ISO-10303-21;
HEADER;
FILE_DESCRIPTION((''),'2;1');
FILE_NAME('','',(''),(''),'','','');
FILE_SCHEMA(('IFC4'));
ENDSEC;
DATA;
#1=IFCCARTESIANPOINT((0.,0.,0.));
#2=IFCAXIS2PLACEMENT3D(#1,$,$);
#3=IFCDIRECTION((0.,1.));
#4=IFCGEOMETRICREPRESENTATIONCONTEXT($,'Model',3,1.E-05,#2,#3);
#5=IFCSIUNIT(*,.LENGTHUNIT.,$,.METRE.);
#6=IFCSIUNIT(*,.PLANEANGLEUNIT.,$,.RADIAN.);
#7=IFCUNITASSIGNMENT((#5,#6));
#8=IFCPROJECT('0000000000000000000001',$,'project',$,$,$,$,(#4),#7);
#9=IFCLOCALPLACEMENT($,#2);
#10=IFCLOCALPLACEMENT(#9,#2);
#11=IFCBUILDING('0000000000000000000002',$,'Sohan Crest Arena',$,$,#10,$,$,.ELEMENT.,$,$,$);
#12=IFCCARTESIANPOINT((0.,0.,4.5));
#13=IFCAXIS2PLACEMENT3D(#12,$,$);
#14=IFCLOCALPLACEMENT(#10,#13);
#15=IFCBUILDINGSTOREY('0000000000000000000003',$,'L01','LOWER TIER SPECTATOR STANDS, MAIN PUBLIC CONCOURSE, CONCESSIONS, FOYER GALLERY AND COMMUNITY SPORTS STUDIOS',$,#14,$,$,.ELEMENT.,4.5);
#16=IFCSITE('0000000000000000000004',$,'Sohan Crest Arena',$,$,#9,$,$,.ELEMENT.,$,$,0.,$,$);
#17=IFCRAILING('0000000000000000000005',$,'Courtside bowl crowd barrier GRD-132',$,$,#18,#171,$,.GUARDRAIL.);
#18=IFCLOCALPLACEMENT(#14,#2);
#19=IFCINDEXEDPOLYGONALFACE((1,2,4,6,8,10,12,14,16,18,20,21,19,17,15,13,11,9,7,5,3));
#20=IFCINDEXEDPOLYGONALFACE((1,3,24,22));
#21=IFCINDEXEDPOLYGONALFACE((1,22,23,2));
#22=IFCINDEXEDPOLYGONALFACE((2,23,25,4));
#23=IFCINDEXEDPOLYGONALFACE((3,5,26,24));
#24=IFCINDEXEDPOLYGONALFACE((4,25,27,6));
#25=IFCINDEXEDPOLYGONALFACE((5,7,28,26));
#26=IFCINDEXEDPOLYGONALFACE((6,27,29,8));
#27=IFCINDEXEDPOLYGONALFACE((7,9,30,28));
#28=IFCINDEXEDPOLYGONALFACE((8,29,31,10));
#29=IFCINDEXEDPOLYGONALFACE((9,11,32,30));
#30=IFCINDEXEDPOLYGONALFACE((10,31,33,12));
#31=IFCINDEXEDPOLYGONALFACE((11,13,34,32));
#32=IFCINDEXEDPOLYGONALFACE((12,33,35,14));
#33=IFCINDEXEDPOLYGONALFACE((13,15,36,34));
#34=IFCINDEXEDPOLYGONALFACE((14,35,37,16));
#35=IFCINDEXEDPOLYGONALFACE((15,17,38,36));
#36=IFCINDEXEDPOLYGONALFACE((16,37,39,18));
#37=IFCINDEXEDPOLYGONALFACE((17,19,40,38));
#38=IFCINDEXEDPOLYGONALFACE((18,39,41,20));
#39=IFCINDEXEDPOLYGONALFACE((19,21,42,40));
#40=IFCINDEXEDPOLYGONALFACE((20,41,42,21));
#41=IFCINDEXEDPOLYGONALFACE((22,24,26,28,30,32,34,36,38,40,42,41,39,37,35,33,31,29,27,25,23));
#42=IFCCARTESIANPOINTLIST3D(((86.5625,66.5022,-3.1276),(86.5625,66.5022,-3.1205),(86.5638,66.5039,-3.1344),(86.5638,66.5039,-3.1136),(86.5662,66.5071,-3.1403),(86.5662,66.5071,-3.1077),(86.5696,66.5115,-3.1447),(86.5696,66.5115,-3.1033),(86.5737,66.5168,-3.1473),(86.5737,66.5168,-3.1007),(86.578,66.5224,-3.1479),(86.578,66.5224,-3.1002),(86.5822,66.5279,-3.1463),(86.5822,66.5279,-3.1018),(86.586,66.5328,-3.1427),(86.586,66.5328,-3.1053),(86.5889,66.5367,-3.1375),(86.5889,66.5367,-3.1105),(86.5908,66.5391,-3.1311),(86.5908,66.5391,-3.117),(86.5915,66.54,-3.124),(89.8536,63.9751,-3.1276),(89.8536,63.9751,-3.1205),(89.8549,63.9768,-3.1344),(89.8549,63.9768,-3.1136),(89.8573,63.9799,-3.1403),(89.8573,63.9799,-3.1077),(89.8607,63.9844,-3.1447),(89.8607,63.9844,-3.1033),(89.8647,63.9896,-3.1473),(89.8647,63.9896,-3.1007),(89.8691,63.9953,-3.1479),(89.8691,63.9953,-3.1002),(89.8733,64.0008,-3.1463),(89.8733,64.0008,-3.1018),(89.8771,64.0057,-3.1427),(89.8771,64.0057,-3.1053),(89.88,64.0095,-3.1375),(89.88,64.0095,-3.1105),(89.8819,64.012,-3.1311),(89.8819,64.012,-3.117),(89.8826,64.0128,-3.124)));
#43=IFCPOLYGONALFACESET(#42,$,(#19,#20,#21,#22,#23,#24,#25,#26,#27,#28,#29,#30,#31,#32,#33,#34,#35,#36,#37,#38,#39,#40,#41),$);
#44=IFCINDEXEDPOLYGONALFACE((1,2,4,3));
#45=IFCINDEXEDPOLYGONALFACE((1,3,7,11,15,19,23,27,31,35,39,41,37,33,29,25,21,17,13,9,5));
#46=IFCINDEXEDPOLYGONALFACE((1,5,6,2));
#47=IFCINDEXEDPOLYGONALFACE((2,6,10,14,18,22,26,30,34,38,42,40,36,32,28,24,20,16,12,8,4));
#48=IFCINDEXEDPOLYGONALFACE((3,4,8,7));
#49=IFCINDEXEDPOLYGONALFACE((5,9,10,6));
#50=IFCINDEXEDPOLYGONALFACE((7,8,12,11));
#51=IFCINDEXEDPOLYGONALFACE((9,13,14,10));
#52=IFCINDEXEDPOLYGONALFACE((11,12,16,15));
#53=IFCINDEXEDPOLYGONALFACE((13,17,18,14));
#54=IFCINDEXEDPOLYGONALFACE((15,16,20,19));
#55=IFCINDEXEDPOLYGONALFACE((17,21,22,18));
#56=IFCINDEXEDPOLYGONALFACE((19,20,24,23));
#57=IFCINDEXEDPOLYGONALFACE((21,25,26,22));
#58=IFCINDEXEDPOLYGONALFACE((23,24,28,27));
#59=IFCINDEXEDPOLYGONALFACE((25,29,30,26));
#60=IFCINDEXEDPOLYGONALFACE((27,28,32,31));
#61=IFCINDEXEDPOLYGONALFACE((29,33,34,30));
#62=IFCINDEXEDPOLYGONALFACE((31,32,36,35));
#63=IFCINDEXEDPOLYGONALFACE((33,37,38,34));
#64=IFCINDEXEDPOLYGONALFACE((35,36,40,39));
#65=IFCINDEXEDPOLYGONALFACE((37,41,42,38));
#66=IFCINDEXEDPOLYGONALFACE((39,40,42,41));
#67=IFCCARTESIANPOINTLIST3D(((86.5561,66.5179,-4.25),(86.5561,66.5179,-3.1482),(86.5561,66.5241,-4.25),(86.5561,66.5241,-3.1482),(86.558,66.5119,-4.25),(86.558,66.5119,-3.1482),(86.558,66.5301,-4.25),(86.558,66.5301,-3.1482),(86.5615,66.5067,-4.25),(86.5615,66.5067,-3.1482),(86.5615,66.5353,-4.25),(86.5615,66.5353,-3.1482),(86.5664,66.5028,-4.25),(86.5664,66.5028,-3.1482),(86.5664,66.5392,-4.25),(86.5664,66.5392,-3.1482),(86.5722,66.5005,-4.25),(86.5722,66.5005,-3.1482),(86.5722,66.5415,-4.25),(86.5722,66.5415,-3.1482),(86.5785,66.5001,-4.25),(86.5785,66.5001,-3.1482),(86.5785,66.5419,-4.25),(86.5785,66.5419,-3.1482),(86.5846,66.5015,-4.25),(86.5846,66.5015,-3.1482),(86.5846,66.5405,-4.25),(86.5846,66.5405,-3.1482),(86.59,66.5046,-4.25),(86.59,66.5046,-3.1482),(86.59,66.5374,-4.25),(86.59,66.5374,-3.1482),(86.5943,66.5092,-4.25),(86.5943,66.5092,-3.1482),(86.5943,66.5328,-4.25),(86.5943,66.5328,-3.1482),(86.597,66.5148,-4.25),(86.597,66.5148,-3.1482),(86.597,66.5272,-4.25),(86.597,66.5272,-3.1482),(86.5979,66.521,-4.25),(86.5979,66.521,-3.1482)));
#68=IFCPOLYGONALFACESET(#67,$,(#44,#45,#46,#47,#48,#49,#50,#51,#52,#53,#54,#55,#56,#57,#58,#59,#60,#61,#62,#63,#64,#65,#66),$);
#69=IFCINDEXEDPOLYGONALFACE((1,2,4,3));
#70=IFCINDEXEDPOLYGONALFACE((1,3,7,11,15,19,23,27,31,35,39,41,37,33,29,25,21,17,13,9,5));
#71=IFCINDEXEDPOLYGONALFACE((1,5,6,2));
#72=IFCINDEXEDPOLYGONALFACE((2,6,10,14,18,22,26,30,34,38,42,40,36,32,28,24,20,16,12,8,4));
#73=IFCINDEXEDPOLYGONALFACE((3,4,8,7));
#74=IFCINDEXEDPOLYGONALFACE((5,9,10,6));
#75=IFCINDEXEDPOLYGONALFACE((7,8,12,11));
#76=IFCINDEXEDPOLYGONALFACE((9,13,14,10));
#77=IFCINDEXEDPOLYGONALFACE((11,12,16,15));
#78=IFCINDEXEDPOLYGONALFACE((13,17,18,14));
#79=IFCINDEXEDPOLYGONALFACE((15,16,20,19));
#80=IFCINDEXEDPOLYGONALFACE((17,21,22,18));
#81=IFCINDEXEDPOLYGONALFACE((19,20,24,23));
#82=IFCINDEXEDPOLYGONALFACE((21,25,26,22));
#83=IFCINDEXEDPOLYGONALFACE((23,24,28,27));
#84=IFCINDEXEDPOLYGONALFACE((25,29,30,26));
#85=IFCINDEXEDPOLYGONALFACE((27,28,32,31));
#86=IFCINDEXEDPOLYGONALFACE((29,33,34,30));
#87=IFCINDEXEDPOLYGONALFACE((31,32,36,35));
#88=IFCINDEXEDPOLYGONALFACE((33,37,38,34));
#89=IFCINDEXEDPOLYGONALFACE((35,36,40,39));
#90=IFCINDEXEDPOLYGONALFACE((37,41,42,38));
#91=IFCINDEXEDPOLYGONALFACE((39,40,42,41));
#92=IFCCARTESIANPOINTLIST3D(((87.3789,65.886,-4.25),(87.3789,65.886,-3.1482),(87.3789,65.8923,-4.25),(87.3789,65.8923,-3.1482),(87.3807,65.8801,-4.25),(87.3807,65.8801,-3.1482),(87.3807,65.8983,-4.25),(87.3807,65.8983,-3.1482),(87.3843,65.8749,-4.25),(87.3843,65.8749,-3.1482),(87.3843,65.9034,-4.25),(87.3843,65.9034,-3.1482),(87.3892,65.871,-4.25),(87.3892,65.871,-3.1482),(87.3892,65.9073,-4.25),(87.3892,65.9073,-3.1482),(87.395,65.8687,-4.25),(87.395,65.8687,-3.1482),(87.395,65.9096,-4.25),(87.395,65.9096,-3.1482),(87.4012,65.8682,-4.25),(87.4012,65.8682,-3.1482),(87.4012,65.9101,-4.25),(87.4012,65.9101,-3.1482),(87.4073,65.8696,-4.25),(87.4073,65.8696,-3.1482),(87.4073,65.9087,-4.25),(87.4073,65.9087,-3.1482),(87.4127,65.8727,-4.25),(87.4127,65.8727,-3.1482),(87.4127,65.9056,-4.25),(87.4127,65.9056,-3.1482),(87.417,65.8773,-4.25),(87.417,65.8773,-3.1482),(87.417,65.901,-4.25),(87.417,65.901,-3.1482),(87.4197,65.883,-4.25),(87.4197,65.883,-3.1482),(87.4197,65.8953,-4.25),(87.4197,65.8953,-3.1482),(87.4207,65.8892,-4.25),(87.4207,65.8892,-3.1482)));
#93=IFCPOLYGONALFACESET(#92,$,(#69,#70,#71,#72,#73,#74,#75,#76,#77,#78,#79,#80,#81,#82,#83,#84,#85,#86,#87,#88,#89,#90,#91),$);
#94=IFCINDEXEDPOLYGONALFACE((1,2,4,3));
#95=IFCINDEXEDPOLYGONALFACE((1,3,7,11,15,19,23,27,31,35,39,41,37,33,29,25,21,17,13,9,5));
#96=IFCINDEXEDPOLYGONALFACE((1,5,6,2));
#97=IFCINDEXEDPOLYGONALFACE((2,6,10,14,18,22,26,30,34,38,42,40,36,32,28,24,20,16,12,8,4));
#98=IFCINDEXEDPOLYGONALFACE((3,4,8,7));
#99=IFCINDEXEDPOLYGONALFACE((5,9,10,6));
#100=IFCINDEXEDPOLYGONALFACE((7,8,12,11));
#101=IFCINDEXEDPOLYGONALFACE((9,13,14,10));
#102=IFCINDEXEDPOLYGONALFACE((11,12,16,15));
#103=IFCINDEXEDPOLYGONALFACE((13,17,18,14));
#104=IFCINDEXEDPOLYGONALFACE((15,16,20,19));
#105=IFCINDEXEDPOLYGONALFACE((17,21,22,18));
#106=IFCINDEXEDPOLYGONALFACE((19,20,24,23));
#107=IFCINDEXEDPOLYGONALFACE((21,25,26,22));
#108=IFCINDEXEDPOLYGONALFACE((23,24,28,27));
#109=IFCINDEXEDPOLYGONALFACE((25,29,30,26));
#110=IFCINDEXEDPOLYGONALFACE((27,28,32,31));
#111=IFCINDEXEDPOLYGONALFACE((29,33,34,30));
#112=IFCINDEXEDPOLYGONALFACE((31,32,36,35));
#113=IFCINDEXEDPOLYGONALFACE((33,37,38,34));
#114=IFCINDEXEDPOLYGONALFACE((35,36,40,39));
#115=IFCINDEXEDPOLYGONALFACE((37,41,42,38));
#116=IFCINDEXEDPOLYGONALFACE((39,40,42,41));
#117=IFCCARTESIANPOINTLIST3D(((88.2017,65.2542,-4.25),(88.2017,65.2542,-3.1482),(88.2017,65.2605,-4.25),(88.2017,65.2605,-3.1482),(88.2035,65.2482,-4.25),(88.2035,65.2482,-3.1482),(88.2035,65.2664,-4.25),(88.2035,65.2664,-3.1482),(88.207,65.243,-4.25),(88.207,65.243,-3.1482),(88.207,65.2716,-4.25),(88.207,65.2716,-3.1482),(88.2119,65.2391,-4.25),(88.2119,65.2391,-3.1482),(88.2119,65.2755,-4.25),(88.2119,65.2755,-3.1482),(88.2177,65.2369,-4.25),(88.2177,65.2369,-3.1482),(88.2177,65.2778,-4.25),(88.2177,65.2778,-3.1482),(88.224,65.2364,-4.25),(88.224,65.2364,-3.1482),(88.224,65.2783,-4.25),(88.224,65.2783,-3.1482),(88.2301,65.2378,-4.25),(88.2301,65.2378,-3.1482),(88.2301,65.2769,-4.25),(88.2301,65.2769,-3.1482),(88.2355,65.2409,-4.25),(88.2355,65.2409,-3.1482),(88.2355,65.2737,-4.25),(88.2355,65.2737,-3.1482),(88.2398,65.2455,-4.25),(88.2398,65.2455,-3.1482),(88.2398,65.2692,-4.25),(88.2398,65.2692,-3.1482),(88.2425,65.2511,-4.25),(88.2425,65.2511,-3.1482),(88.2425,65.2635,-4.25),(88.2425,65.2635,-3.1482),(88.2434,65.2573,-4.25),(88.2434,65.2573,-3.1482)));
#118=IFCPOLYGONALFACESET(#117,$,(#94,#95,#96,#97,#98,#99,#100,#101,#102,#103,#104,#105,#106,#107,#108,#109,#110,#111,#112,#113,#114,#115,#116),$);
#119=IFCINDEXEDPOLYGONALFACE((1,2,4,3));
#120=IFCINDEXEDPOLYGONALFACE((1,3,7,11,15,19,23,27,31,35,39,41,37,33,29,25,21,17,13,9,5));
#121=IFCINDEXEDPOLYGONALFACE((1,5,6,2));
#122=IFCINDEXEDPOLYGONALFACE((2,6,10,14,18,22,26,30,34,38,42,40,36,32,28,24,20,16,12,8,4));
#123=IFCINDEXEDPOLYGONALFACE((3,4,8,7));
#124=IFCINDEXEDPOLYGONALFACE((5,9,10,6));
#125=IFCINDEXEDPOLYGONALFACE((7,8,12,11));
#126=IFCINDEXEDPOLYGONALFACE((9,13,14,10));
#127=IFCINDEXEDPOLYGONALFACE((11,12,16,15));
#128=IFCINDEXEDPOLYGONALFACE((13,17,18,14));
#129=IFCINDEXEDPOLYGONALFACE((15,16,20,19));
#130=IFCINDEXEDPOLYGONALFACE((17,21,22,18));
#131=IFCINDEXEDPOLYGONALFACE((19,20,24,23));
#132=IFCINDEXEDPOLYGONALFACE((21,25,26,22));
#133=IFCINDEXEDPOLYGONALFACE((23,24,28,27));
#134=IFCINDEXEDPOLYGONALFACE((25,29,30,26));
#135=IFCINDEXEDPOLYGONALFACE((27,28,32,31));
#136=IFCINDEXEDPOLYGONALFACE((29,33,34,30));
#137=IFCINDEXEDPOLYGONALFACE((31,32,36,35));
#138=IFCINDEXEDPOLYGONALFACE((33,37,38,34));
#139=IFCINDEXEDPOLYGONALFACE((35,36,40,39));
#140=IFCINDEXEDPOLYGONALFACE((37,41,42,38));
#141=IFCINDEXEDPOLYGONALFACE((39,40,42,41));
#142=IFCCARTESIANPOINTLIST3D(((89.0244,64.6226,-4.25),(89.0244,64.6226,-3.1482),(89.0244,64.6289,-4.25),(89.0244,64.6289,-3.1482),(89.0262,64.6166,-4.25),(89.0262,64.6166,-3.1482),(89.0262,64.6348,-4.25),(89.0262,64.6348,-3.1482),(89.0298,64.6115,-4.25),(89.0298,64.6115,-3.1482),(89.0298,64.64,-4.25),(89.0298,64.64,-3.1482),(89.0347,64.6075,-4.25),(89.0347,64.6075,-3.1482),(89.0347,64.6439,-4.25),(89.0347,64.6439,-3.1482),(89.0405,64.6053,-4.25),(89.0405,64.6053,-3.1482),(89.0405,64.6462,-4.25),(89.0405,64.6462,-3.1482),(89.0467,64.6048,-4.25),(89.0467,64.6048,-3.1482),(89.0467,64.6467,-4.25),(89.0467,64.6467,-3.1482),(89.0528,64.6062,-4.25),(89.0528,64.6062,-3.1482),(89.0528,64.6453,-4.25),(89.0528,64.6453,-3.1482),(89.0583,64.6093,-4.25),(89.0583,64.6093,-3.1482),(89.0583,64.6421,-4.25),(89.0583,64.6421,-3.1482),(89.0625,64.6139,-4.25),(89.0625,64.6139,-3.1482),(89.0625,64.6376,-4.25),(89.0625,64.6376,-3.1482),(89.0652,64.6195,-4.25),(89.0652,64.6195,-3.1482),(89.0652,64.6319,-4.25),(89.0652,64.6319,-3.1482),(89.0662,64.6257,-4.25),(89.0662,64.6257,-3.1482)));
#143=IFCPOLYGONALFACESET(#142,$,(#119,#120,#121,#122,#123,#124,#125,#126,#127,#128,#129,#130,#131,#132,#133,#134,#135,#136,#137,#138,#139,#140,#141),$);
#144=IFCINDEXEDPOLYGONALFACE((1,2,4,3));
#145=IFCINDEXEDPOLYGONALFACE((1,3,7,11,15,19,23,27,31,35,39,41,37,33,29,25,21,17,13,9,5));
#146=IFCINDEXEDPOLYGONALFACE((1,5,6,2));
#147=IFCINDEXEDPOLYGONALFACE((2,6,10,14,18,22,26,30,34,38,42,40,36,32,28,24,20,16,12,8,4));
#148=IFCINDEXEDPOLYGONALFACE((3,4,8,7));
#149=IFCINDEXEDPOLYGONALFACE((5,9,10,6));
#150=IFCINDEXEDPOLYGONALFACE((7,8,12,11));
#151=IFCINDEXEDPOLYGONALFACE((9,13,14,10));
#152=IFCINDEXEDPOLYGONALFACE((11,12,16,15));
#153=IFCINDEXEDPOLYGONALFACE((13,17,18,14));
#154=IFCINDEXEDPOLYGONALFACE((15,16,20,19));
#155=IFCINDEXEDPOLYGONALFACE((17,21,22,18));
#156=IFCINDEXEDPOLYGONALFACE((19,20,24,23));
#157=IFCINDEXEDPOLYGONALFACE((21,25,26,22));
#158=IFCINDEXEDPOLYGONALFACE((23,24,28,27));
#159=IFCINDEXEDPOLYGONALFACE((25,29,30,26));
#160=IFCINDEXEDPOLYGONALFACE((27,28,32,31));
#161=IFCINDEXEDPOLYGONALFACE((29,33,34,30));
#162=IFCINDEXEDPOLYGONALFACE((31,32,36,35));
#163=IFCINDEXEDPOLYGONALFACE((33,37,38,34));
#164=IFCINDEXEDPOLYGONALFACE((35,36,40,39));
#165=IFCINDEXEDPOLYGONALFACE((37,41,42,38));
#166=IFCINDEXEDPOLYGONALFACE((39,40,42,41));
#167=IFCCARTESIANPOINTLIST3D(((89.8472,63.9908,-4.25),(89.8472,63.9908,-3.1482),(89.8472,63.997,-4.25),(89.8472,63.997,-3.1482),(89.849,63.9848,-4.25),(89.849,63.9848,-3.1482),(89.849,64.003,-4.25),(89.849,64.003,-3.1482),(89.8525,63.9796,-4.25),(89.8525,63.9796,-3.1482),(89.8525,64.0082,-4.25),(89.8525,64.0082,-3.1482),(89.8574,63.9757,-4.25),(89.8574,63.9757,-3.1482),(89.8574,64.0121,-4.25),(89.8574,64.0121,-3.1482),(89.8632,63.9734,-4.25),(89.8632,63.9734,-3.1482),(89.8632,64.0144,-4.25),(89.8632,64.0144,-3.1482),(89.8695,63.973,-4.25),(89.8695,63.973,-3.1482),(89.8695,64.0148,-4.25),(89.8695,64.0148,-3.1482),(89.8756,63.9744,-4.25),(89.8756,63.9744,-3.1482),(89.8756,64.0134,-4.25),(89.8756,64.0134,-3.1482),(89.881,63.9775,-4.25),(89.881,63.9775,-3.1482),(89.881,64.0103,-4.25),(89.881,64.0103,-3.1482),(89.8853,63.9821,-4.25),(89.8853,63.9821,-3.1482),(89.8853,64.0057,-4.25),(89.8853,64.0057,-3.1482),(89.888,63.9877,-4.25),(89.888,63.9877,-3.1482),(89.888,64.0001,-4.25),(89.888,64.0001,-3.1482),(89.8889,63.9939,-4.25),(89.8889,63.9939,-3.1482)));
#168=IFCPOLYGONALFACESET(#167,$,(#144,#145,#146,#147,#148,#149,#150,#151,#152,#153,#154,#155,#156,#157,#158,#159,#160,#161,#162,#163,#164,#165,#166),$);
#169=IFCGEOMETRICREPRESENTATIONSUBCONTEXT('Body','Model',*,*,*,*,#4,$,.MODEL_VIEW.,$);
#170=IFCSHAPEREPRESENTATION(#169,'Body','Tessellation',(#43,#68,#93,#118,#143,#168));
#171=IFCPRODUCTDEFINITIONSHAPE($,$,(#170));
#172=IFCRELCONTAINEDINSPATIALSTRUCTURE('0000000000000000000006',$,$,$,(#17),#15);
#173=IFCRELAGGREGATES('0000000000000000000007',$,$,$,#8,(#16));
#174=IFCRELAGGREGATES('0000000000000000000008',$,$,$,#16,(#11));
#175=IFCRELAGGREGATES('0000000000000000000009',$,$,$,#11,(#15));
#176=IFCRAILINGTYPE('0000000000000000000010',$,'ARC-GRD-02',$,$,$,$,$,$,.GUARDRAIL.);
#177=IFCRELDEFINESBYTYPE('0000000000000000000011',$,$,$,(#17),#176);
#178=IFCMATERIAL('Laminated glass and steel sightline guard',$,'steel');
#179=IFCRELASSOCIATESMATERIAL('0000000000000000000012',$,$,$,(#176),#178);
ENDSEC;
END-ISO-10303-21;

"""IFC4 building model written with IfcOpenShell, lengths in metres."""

from ifc_helpers import new_model, si_unit, direction, frame, origin, origin_2d, place, context, subcontext, project, spatial, circle, extrude, material, type_object, element, save


model = new_model("IFC4")

# Units and contexts
model_context = context("Model", 3, precision=1e-05, world=origin(), true_north=direction((0.0, 1.0)))
body_context = subcontext(model_context, "Body", "Model", "MODEL_VIEW")
ifc_project = project(units=[si_unit("LENGTHUNIT", "METRE"), si_unit("PLANEANGLEUNIT", "RADIAN")], contexts=[model_context])

# Site, building, storey
site_placement = place(None, origin())
site = spatial("IfcSite", under=ifc_project, at=site_placement, Name="Sohan Crest Arena", CompositionType="ELEMENT", RefElevation=0.0)
building_placement = place(site_placement, origin())
building = spatial("IfcBuilding", under=site, at=building_placement, Name="Sohan Crest Arena", CompositionType="ELEMENT")
storey_placement = place(building_placement, frame((0.0, 0.0, 4.5)))
storey = spatial("IfcBuildingStorey", under=building, at=storey_placement, Name="L01", Description="LOWER TIER SPECTATOR STANDS, MAIN PUBLIC CONCOURSE, CONCESSIONS, FOYER GALLERY AND COMMUNITY SPORTS STUDIOS", CompositionType="ELEMENT", Elevation=4.5)

# Railing
ifc_material_1 = material(Name="Laminated glass and steel sightline guard", Category="steel")
railing_type = type_object("IfcRailingType", Name="ARC-GRD-02", PredefinedType="GUARDRAIL", material=ifc_material_1)
railing_1_placement = place(storey_placement, frame((86.5769, 66.521, -4.25)))
element("IfcRailing", 1, at=railing_1_placement, inside=storey, type_object=railing_type, Name="Courtside bowl crowd barrier GRD-132", PredefinedType="GUARDRAIL", context=body_context, shape_type="SweptSolid", body=[
    extrude(circle(Radius=0.0239, at=origin_2d()), frame((0.0, 0.0, 1.126), z_axis=(0.793142, -0.609037, 0.0), x_axis=(0.609037, 0.793142, 0.0)), (0.0, 0.0, 1.0), 4.1494),
    extrude(circle(Radius=0.021, at=origin_2d()), origin(), (0.0, 0.0, 1.0), 1.1018),
    extrude(circle(Radius=0.021, at=origin_2d()), frame((0.8228, -0.6318, 0.0)), (0.0, 0.0, 1.0), 1.1018),
    extrude(circle(Radius=0.021, at=origin_2d()), frame((1.6455, -1.2637, 0.0)), (0.0, 0.0, 1.0), 1.1018),
    extrude(circle(Radius=0.021, at=origin_2d()), frame((2.4683, -1.8953, 0.0)), (0.0, 0.0, 1.0), 1.1018),
    extrude(circle(Radius=0.021, at=origin_2d()), frame((3.291, -2.5271, 0.0)), (0.0, 0.0, 1.0), 1.1018),
])

save(model, "model.ifc")
